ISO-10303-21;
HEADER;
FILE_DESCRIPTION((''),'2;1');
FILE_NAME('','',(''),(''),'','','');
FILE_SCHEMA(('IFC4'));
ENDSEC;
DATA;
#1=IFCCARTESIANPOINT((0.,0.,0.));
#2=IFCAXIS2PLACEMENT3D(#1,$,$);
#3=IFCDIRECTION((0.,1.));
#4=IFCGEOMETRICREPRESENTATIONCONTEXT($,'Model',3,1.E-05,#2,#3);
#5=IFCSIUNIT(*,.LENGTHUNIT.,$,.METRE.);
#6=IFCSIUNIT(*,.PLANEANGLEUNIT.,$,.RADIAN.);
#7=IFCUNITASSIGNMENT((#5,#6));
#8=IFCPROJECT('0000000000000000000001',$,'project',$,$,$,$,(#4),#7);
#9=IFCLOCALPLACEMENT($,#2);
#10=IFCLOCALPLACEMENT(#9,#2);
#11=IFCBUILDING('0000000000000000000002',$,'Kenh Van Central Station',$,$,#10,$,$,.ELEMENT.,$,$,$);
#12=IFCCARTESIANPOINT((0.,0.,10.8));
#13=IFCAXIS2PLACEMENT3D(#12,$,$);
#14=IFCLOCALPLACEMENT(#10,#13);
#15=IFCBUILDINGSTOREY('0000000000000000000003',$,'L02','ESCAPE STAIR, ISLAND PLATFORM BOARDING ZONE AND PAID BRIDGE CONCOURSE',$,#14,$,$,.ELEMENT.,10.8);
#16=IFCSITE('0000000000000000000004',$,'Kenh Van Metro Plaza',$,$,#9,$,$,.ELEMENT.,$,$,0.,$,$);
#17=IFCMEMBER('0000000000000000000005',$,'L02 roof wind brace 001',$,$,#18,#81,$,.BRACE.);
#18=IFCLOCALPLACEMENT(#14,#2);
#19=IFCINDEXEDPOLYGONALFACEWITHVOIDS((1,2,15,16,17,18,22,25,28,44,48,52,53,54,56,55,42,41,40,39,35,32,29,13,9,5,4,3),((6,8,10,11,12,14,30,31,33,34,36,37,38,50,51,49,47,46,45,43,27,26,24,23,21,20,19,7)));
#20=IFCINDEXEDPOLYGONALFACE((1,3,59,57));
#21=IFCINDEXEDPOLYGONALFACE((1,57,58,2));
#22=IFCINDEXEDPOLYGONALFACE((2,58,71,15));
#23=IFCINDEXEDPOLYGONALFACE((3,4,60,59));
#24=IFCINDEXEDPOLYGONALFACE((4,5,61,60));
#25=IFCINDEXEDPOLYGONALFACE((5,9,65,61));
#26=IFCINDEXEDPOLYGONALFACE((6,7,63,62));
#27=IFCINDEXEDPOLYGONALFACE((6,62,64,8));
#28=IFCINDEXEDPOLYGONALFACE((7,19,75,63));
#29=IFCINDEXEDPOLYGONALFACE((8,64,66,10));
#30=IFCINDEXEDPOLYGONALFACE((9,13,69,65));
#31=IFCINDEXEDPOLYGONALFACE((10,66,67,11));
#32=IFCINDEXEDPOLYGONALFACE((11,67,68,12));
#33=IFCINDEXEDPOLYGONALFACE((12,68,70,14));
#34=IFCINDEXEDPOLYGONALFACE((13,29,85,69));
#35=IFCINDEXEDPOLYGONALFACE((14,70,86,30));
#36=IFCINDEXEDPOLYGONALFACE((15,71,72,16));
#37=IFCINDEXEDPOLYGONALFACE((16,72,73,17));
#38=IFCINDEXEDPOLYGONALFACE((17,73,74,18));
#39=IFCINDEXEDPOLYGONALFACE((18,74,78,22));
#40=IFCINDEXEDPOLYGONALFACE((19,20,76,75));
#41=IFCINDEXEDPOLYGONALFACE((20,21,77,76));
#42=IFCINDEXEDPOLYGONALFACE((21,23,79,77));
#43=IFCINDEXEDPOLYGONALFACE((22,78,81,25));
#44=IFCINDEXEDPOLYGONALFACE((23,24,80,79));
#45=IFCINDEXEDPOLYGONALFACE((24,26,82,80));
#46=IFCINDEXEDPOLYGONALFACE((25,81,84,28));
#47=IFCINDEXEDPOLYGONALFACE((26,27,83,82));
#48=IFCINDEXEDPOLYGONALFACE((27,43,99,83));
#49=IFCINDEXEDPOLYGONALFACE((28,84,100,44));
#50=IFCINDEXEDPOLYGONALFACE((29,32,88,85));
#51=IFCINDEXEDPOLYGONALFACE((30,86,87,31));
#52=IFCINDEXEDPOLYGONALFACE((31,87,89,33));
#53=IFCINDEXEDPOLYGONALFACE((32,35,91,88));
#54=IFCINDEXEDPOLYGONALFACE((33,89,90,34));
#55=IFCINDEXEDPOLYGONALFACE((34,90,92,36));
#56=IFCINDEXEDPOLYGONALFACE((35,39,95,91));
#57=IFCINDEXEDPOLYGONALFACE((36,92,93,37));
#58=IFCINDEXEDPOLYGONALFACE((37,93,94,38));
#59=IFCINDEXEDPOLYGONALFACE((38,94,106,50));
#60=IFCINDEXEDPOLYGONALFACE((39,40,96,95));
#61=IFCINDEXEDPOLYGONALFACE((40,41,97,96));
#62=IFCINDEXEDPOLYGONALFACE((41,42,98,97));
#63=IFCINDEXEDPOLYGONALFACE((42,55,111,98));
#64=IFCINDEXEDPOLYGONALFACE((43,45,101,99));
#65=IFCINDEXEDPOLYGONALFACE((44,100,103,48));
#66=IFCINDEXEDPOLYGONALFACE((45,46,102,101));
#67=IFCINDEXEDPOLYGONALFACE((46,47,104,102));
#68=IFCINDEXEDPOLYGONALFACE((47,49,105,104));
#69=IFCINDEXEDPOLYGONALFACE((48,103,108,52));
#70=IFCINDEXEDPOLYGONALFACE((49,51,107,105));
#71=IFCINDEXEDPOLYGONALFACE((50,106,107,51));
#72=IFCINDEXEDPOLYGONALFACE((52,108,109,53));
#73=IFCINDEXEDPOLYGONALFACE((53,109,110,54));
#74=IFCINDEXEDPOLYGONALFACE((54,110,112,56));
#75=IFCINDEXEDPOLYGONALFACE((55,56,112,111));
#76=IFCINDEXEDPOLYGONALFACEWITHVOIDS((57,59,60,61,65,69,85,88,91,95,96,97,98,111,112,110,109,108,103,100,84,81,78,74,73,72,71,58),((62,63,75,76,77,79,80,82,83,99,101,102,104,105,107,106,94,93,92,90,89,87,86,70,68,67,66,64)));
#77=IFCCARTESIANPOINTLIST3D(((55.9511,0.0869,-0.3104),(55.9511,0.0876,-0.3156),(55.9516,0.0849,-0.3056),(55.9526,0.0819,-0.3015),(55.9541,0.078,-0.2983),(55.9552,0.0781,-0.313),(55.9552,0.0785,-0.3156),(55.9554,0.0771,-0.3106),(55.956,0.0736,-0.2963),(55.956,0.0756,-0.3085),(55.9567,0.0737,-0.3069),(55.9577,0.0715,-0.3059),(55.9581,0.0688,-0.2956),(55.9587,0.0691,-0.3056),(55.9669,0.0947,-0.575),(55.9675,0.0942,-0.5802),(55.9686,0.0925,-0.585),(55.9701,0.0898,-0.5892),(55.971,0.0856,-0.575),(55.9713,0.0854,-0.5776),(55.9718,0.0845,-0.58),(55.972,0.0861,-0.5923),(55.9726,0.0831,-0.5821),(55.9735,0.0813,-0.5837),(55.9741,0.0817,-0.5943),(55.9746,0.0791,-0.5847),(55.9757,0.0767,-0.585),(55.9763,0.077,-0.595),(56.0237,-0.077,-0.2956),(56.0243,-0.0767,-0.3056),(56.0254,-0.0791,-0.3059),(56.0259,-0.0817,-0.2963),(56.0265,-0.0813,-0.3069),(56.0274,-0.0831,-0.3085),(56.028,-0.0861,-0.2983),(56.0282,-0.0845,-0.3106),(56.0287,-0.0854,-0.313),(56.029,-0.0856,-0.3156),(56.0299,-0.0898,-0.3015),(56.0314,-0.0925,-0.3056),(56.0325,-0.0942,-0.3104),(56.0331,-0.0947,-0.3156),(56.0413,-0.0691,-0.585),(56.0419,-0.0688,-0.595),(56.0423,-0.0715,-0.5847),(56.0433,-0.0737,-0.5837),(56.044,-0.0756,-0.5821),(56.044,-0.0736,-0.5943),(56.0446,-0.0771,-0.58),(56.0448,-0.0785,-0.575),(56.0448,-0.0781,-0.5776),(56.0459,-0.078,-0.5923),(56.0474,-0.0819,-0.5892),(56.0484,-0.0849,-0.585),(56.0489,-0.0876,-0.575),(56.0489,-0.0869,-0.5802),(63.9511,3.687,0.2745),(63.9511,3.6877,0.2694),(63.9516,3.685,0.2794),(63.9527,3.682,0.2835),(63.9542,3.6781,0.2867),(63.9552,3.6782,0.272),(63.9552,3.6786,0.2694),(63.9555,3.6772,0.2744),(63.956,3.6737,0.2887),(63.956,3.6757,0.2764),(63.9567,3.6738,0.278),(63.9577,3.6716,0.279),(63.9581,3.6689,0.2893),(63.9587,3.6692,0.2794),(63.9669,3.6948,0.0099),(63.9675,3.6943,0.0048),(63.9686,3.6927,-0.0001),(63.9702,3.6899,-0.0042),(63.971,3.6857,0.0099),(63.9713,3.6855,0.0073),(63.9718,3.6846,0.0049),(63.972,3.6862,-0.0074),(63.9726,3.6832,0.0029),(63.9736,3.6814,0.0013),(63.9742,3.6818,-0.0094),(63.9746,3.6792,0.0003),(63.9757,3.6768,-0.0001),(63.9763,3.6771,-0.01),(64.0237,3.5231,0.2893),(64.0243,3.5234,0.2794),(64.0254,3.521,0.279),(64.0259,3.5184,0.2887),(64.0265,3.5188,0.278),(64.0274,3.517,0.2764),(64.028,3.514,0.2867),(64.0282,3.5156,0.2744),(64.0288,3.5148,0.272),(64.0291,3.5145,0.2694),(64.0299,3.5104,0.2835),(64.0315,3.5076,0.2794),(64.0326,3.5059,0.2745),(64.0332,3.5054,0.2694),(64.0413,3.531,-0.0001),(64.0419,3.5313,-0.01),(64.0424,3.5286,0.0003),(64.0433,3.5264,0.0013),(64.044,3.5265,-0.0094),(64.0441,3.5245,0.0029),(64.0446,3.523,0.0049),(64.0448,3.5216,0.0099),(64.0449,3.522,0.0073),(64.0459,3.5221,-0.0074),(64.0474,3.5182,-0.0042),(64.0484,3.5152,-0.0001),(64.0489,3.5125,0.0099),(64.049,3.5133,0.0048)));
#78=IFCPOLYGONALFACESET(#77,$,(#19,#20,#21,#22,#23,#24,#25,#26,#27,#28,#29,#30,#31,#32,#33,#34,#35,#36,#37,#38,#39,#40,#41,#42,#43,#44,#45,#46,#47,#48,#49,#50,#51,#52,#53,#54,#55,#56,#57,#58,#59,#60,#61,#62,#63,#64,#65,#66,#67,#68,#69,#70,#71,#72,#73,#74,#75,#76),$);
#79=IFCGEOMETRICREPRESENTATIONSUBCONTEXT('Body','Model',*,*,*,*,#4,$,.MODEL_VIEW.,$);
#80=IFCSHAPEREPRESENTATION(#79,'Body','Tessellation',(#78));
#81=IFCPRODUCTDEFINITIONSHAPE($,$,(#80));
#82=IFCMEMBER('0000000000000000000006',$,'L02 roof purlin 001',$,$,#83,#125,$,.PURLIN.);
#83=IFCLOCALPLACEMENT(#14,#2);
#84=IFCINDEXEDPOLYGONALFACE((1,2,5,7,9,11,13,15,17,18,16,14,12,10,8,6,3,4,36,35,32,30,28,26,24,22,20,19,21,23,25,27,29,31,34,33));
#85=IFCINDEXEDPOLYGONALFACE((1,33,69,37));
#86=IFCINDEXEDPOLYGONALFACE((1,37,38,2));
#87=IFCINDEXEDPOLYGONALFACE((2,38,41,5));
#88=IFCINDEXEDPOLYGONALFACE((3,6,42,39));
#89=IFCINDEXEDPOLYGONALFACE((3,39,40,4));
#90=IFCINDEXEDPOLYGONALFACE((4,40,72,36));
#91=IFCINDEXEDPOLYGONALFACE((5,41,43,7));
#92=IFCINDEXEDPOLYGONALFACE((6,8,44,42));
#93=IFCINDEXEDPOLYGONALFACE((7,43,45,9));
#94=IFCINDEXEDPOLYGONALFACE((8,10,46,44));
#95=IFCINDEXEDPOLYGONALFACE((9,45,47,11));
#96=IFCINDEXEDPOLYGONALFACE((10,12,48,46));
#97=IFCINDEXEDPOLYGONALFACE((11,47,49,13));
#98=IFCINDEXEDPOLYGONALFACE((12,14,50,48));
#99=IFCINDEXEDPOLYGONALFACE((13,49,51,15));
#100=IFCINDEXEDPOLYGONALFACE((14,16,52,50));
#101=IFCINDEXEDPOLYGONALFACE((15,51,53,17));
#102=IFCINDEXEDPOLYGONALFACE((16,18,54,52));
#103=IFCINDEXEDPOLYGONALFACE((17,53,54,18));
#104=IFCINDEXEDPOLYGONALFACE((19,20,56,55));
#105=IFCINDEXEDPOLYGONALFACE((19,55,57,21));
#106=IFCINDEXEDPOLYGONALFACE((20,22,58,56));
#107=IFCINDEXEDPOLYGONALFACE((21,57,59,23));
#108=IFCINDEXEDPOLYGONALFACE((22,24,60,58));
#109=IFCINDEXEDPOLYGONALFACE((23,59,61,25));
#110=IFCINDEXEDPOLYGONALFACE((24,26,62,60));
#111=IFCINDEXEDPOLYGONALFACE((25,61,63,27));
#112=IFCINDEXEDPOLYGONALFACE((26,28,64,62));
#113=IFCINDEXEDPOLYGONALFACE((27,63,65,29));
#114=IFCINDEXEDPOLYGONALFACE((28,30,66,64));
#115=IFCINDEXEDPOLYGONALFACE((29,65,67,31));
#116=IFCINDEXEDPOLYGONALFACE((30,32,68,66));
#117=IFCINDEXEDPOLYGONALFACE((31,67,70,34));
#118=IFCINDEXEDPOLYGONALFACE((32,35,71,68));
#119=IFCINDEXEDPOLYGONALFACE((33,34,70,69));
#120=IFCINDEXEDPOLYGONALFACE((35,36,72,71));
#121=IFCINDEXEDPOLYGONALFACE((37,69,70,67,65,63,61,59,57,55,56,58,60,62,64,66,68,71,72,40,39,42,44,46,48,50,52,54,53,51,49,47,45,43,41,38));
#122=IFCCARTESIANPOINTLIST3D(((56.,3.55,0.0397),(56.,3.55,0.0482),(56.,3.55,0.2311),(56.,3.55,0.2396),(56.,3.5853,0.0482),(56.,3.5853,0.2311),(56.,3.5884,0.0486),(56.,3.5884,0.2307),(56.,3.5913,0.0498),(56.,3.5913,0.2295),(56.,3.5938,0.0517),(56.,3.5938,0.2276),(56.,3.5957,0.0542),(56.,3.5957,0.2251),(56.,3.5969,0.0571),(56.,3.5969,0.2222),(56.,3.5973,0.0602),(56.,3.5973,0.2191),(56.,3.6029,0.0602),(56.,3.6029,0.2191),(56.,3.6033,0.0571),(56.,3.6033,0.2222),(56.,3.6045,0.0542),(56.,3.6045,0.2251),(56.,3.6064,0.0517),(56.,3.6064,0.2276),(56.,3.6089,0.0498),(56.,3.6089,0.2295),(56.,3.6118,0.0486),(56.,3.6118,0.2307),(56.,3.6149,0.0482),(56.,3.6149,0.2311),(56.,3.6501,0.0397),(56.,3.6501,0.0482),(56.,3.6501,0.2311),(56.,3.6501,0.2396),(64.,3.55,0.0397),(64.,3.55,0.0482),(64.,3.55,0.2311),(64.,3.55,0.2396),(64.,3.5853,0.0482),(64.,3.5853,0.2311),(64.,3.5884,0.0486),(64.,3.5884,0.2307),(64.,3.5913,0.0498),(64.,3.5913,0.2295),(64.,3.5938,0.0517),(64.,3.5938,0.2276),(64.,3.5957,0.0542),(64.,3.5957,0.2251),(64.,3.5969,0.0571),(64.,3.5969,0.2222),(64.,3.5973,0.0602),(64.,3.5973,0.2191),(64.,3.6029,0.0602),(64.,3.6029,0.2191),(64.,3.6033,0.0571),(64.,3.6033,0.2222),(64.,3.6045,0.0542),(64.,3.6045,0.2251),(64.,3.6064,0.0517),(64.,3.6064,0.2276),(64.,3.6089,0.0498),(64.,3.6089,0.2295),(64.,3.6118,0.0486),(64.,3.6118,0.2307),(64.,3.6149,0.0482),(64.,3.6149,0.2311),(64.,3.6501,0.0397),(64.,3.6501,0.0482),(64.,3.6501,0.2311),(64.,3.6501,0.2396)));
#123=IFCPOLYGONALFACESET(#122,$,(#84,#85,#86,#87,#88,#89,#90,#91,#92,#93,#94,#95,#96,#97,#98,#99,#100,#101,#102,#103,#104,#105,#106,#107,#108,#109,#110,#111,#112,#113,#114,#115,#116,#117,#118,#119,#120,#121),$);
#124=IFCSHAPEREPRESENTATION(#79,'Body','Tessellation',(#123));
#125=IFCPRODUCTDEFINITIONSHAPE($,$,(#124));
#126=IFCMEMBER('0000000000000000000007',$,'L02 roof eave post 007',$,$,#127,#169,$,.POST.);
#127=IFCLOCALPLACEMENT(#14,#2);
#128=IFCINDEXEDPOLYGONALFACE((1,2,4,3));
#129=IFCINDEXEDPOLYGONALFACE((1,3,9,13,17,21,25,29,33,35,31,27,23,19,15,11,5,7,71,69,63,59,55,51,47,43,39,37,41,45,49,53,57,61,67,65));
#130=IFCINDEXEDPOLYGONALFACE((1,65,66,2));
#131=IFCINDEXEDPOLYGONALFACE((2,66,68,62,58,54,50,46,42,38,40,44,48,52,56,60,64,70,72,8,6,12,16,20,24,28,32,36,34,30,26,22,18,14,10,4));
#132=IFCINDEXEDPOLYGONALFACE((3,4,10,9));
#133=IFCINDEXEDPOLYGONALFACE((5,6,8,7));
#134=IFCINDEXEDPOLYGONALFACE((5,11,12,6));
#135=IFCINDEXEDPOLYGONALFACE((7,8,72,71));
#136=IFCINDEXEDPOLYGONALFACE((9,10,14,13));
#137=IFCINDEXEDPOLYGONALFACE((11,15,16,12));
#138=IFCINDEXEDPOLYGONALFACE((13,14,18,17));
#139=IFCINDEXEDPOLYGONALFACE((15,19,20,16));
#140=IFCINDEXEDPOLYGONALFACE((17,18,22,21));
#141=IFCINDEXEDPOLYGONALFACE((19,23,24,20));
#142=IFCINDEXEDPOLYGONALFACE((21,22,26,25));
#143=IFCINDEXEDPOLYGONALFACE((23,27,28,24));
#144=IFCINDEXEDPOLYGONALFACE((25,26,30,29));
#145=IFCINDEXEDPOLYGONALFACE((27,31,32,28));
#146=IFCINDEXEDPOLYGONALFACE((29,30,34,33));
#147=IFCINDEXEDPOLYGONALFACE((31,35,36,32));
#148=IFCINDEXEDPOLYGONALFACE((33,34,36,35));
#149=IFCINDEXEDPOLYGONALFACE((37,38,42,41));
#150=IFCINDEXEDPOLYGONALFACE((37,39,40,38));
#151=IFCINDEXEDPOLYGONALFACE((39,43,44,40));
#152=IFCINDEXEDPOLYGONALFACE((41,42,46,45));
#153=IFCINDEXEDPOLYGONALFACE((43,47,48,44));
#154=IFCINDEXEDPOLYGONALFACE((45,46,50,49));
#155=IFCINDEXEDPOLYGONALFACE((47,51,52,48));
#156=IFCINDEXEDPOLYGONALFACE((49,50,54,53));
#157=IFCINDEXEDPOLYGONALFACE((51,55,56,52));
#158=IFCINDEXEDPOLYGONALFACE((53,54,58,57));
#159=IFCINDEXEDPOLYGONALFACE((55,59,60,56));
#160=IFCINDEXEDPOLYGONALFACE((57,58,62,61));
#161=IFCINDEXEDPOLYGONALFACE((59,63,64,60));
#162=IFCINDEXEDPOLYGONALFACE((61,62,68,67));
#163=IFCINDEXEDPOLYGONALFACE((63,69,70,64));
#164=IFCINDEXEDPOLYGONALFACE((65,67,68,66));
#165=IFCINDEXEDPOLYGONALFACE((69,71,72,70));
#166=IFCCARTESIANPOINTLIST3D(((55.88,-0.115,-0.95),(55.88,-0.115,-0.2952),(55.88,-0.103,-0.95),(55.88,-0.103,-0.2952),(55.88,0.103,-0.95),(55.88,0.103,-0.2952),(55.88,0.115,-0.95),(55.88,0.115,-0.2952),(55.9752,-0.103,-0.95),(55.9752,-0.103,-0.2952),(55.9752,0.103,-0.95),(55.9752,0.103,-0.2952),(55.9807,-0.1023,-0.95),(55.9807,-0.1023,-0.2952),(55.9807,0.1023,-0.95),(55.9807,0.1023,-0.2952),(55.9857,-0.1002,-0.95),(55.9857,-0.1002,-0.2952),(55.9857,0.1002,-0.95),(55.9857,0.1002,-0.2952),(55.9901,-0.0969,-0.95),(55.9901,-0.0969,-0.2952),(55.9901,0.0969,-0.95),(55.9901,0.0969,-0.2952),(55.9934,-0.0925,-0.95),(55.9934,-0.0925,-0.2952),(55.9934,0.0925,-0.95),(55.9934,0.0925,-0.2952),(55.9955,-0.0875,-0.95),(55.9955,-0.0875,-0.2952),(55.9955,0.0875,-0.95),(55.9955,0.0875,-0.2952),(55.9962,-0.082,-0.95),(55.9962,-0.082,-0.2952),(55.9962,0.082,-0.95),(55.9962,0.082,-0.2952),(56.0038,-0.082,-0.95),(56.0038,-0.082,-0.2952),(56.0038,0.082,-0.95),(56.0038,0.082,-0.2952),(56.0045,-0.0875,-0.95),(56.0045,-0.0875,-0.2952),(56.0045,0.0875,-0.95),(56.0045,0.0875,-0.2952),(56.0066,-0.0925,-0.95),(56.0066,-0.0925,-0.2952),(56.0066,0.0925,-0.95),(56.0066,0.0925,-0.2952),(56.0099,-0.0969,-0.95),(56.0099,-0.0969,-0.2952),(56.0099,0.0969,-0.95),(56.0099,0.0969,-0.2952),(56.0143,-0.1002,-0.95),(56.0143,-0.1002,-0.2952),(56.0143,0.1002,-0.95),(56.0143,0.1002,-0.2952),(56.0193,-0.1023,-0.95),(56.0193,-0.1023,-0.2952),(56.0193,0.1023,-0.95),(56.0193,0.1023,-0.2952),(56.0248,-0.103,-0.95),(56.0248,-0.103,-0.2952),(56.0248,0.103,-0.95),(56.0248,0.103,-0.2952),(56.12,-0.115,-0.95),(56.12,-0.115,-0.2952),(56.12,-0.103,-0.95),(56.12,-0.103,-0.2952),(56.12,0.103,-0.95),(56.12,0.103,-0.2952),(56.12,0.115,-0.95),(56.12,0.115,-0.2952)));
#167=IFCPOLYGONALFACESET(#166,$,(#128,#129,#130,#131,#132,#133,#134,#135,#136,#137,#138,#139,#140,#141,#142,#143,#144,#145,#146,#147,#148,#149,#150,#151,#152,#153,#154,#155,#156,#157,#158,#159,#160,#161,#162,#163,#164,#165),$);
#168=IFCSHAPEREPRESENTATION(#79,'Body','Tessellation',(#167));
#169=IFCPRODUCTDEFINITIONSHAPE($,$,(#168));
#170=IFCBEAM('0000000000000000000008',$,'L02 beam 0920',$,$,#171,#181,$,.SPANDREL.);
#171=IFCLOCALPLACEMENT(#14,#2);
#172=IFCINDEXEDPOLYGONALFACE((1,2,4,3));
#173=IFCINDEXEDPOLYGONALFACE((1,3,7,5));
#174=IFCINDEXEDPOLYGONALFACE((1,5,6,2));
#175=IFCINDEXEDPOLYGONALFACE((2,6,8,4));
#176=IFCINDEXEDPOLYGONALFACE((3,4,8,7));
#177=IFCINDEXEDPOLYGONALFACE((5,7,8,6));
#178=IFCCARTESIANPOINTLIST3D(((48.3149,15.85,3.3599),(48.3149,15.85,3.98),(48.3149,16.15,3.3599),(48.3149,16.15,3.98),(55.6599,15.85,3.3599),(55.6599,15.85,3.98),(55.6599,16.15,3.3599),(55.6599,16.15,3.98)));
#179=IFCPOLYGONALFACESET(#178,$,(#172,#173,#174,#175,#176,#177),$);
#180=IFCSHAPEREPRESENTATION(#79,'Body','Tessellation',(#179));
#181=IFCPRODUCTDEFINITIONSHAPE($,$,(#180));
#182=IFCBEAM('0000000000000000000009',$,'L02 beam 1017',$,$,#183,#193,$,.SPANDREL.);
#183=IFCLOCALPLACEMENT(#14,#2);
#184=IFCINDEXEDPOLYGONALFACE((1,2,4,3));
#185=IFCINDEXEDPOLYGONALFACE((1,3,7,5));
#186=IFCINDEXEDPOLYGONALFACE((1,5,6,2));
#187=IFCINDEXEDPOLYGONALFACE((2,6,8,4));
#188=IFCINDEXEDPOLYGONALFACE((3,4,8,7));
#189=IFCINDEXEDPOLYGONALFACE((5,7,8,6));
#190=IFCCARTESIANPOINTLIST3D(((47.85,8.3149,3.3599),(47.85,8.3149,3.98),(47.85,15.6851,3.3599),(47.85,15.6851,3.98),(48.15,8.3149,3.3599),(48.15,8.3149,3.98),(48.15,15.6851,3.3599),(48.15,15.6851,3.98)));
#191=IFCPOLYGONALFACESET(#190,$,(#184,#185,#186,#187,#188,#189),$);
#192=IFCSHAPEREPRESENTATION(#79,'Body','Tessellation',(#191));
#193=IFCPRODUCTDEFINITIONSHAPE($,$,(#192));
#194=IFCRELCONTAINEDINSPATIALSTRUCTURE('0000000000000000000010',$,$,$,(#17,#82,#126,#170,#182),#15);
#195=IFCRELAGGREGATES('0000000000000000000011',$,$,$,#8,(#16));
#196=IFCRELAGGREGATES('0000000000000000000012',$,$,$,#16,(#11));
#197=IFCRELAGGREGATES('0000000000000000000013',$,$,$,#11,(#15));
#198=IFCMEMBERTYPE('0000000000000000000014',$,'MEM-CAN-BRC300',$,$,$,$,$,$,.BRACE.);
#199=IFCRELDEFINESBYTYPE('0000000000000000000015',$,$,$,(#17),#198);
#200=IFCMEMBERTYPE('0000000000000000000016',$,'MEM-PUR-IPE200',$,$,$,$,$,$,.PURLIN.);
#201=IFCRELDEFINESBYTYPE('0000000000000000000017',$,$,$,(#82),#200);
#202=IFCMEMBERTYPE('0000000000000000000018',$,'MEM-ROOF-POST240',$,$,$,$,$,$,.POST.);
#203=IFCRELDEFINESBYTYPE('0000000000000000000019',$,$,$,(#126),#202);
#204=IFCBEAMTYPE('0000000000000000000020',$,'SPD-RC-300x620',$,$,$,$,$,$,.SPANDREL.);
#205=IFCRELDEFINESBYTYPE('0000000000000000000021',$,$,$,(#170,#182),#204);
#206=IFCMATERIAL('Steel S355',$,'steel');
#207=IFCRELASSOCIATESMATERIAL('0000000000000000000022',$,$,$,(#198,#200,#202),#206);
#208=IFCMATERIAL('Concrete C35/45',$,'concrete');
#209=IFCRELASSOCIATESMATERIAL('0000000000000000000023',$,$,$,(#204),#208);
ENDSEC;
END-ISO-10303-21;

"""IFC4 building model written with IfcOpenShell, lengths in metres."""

from ifc_helpers import new_model, si_unit, direction, frame, origin, origin_2d, place, context, subcontext, project, spatial, rectangle, hollow_rectangle, i_section, extrude, material, material_profile, profile_set, type_object, element, save


model = new_model("IFC4")

# Units and contexts
model_context = context("Model", 3, precision=1e-05, world=origin(), true_north=direction((0.0, 1.0)))
body_context = subcontext(model_context, "Body", "Model", "MODEL_VIEW")
ifc_project = project(units=[si_unit("LENGTHUNIT", "METRE"), si_unit("PLANEANGLEUNIT", "RADIAN")], contexts=[model_context])

# Site, building, storey
site_placement = place(None, origin())
site = spatial("IfcSite", under=ifc_project, at=site_placement, Name="Kenh Van Metro Plaza", CompositionType="ELEMENT", RefElevation=0.0)
building_placement = place(site_placement, origin())
building = spatial("IfcBuilding", under=site, at=building_placement, Name="Kenh Van Central Station", CompositionType="ELEMENT")
storey_placement = place(building_placement, frame((0.0, 0.0, 10.8)))
storey = spatial("IfcBuildingStorey", under=building, at=storey_placement, Name="L02", Description="ESCAPE STAIR, ISLAND PLATFORM BOARDING ZONE AND PAID BRIDGE CONCOURSE", CompositionType="ELEMENT", Elevation=10.8)

# Shared definitions
ifc_material_1 = material(Name="Concrete C35/45", Category="concrete")

# Shared definitions
ifc_material_2 = material(Name="Steel S355", Category="steel")

# Members
ifc_material_profile_1 = material_profile(ifc_material_2, hollow_rectangle(XDim=0.2, YDim=0.3, WallThickness=0.01, InnerFilletRadius=0.01, OuterFilletRadius=0.02, at=origin_2d()), Name="RHS 300x200x10")
ifc_profile_set_1 = profile_set([ifc_material_profile_1], Name="Steel S355")
member_type_1 = type_object("IfcMemberType", Name="MEM-CAN-BRC300", PredefinedType="BRACE", material=ifc_profile_set_1)
member_1_placement = place(storey_placement, frame((56.0, 0.0, -0.4453), z_axis=(0.909897, 0.409465, 0.066532), x_axis=(-0.410374, 0.911917, 0.0)))
element("IfcMember", 1, at=member_1_placement, inside=storey, type_object=member_type_1, Name="L02 roof wind brace 001", PredefinedType="BRACE", context=body_context, shape_type="SweptSolid", body=[
    extrude(hollow_rectangle(XDim=0.2, YDim=0.3, WallThickness=0.01, InnerFilletRadius=0.01, OuterFilletRadius=0.02, at=origin_2d()), origin(), (0.0, 0.0, 1.0), 8.7922),
])
ifc_material_profile_2 = material_profile(ifc_material_2, i_section(OverallWidth=0.1001, OverallDepth=0.2, WebThickness=0.0056, FlangeThickness=0.0085, FilletRadius=0.012, at=origin_2d()), Name="IPE 200")
ifc_profile_set_2 = profile_set([ifc_material_profile_2], Name="Steel S355")
member_type_2 = type_object("IfcMemberType", Name="MEM-PUR-IPE200", PredefinedType="PURLIN", material=ifc_profile_set_2)
member_2_placement = place(storey_placement, frame((56.0, 3.6001, 0.1396), z_axis=(1.0, 0.0, 0.0), x_axis=(0.0, 1.0, 0.0)))
element("IfcMember", 2, at=member_2_placement, inside=storey, type_object=member_type_2, Name="L02 roof purlin 001", PredefinedType="PURLIN", context=body_context, shape_type="SweptSolid", body=[
    extrude(i_section(OverallWidth=0.1001, OverallDepth=0.2, WebThickness=0.0056, FlangeThickness=0.0085, FilletRadius=0.012, at=origin_2d()), origin(), (0.0, 0.0, 1.0), 8.0),
])
ifc_material_profile_3 = material_profile(ifc_material_2, i_section(OverallWidth=0.24, OverallDepth=0.23, WebThickness=0.0076, FlangeThickness=0.012, FilletRadius=0.021, at=origin_2d()), Name="HEA 240")
ifc_profile_set_3 = profile_set([ifc_material_profile_3], Name="Steel S355")
member_type_3 = type_object("IfcMemberType", Name="MEM-ROOF-POST240", PredefinedType="POST", material=ifc_profile_set_3)
member_3_placement = place(storey_placement, frame((56.0, 0.0, -0.95), z_axis=(0.0, 0.0, 1.0), x_axis=(1.0, 0.0, 0.0)))
element("IfcMember", 3, at=member_3_placement, inside=storey, type_object=member_type_3, Name="L02 roof eave post 007", PredefinedType="POST", context=body_context, shape_type="SweptSolid", body=[
    extrude(i_section(OverallWidth=0.24, OverallDepth=0.23, WebThickness=0.0076, FlangeThickness=0.012, FilletRadius=0.021, at=origin_2d()), origin(), (0.0, 0.0, 1.0), 0.6548),
])

# Beams
ifc_material_profile_4 = material_profile(ifc_material_1, rectangle(XDim=0.3, YDim=0.6201, at=origin_2d()), Name="RC 300x620")
ifc_profile_set_4 = profile_set([ifc_material_profile_4], Name="Concrete C35/45")
beam_type_1 = type_object("IfcBeamType", Name="SPD-RC-300x620", PredefinedType="SPANDREL", material=ifc_profile_set_4)
beam_1_placement = place(storey_placement, frame((48.3149, 16.0, 3.6699), z_axis=(1.0, 0.0, 0.0), x_axis=(0.0, 1.0, 0.0)))
element("IfcBeam", 4, at=beam_1_placement, inside=storey, type_object=beam_type_1, Name="L02 beam 0920", PredefinedType="SPANDREL", context=body_context, shape_type="SweptSolid", body=[
    extrude(rectangle(XDim=0.3, YDim=0.6201, at=origin_2d()), origin(), (0.0, 0.0, 1.0), 7.345),
])
beam_2_placement = place(storey_placement, frame((48.0, 8.3149, 3.6699), z_axis=(0.0, 1.0, 0.0), x_axis=(-1.0, 0.0, 0.0)))
element("IfcBeam", 5, at=beam_2_placement, inside=storey, type_object=beam_type_1, Name="L02 beam 1017", PredefinedType="SPANDREL", context=body_context, shape_type="SweptSolid", body=[
    extrude(rectangle(XDim=0.3, YDim=0.6201, at=origin_2d()), origin(), (0.0, 0.0, 1.0), 7.3701),
])

save(model, "model.ifc")
